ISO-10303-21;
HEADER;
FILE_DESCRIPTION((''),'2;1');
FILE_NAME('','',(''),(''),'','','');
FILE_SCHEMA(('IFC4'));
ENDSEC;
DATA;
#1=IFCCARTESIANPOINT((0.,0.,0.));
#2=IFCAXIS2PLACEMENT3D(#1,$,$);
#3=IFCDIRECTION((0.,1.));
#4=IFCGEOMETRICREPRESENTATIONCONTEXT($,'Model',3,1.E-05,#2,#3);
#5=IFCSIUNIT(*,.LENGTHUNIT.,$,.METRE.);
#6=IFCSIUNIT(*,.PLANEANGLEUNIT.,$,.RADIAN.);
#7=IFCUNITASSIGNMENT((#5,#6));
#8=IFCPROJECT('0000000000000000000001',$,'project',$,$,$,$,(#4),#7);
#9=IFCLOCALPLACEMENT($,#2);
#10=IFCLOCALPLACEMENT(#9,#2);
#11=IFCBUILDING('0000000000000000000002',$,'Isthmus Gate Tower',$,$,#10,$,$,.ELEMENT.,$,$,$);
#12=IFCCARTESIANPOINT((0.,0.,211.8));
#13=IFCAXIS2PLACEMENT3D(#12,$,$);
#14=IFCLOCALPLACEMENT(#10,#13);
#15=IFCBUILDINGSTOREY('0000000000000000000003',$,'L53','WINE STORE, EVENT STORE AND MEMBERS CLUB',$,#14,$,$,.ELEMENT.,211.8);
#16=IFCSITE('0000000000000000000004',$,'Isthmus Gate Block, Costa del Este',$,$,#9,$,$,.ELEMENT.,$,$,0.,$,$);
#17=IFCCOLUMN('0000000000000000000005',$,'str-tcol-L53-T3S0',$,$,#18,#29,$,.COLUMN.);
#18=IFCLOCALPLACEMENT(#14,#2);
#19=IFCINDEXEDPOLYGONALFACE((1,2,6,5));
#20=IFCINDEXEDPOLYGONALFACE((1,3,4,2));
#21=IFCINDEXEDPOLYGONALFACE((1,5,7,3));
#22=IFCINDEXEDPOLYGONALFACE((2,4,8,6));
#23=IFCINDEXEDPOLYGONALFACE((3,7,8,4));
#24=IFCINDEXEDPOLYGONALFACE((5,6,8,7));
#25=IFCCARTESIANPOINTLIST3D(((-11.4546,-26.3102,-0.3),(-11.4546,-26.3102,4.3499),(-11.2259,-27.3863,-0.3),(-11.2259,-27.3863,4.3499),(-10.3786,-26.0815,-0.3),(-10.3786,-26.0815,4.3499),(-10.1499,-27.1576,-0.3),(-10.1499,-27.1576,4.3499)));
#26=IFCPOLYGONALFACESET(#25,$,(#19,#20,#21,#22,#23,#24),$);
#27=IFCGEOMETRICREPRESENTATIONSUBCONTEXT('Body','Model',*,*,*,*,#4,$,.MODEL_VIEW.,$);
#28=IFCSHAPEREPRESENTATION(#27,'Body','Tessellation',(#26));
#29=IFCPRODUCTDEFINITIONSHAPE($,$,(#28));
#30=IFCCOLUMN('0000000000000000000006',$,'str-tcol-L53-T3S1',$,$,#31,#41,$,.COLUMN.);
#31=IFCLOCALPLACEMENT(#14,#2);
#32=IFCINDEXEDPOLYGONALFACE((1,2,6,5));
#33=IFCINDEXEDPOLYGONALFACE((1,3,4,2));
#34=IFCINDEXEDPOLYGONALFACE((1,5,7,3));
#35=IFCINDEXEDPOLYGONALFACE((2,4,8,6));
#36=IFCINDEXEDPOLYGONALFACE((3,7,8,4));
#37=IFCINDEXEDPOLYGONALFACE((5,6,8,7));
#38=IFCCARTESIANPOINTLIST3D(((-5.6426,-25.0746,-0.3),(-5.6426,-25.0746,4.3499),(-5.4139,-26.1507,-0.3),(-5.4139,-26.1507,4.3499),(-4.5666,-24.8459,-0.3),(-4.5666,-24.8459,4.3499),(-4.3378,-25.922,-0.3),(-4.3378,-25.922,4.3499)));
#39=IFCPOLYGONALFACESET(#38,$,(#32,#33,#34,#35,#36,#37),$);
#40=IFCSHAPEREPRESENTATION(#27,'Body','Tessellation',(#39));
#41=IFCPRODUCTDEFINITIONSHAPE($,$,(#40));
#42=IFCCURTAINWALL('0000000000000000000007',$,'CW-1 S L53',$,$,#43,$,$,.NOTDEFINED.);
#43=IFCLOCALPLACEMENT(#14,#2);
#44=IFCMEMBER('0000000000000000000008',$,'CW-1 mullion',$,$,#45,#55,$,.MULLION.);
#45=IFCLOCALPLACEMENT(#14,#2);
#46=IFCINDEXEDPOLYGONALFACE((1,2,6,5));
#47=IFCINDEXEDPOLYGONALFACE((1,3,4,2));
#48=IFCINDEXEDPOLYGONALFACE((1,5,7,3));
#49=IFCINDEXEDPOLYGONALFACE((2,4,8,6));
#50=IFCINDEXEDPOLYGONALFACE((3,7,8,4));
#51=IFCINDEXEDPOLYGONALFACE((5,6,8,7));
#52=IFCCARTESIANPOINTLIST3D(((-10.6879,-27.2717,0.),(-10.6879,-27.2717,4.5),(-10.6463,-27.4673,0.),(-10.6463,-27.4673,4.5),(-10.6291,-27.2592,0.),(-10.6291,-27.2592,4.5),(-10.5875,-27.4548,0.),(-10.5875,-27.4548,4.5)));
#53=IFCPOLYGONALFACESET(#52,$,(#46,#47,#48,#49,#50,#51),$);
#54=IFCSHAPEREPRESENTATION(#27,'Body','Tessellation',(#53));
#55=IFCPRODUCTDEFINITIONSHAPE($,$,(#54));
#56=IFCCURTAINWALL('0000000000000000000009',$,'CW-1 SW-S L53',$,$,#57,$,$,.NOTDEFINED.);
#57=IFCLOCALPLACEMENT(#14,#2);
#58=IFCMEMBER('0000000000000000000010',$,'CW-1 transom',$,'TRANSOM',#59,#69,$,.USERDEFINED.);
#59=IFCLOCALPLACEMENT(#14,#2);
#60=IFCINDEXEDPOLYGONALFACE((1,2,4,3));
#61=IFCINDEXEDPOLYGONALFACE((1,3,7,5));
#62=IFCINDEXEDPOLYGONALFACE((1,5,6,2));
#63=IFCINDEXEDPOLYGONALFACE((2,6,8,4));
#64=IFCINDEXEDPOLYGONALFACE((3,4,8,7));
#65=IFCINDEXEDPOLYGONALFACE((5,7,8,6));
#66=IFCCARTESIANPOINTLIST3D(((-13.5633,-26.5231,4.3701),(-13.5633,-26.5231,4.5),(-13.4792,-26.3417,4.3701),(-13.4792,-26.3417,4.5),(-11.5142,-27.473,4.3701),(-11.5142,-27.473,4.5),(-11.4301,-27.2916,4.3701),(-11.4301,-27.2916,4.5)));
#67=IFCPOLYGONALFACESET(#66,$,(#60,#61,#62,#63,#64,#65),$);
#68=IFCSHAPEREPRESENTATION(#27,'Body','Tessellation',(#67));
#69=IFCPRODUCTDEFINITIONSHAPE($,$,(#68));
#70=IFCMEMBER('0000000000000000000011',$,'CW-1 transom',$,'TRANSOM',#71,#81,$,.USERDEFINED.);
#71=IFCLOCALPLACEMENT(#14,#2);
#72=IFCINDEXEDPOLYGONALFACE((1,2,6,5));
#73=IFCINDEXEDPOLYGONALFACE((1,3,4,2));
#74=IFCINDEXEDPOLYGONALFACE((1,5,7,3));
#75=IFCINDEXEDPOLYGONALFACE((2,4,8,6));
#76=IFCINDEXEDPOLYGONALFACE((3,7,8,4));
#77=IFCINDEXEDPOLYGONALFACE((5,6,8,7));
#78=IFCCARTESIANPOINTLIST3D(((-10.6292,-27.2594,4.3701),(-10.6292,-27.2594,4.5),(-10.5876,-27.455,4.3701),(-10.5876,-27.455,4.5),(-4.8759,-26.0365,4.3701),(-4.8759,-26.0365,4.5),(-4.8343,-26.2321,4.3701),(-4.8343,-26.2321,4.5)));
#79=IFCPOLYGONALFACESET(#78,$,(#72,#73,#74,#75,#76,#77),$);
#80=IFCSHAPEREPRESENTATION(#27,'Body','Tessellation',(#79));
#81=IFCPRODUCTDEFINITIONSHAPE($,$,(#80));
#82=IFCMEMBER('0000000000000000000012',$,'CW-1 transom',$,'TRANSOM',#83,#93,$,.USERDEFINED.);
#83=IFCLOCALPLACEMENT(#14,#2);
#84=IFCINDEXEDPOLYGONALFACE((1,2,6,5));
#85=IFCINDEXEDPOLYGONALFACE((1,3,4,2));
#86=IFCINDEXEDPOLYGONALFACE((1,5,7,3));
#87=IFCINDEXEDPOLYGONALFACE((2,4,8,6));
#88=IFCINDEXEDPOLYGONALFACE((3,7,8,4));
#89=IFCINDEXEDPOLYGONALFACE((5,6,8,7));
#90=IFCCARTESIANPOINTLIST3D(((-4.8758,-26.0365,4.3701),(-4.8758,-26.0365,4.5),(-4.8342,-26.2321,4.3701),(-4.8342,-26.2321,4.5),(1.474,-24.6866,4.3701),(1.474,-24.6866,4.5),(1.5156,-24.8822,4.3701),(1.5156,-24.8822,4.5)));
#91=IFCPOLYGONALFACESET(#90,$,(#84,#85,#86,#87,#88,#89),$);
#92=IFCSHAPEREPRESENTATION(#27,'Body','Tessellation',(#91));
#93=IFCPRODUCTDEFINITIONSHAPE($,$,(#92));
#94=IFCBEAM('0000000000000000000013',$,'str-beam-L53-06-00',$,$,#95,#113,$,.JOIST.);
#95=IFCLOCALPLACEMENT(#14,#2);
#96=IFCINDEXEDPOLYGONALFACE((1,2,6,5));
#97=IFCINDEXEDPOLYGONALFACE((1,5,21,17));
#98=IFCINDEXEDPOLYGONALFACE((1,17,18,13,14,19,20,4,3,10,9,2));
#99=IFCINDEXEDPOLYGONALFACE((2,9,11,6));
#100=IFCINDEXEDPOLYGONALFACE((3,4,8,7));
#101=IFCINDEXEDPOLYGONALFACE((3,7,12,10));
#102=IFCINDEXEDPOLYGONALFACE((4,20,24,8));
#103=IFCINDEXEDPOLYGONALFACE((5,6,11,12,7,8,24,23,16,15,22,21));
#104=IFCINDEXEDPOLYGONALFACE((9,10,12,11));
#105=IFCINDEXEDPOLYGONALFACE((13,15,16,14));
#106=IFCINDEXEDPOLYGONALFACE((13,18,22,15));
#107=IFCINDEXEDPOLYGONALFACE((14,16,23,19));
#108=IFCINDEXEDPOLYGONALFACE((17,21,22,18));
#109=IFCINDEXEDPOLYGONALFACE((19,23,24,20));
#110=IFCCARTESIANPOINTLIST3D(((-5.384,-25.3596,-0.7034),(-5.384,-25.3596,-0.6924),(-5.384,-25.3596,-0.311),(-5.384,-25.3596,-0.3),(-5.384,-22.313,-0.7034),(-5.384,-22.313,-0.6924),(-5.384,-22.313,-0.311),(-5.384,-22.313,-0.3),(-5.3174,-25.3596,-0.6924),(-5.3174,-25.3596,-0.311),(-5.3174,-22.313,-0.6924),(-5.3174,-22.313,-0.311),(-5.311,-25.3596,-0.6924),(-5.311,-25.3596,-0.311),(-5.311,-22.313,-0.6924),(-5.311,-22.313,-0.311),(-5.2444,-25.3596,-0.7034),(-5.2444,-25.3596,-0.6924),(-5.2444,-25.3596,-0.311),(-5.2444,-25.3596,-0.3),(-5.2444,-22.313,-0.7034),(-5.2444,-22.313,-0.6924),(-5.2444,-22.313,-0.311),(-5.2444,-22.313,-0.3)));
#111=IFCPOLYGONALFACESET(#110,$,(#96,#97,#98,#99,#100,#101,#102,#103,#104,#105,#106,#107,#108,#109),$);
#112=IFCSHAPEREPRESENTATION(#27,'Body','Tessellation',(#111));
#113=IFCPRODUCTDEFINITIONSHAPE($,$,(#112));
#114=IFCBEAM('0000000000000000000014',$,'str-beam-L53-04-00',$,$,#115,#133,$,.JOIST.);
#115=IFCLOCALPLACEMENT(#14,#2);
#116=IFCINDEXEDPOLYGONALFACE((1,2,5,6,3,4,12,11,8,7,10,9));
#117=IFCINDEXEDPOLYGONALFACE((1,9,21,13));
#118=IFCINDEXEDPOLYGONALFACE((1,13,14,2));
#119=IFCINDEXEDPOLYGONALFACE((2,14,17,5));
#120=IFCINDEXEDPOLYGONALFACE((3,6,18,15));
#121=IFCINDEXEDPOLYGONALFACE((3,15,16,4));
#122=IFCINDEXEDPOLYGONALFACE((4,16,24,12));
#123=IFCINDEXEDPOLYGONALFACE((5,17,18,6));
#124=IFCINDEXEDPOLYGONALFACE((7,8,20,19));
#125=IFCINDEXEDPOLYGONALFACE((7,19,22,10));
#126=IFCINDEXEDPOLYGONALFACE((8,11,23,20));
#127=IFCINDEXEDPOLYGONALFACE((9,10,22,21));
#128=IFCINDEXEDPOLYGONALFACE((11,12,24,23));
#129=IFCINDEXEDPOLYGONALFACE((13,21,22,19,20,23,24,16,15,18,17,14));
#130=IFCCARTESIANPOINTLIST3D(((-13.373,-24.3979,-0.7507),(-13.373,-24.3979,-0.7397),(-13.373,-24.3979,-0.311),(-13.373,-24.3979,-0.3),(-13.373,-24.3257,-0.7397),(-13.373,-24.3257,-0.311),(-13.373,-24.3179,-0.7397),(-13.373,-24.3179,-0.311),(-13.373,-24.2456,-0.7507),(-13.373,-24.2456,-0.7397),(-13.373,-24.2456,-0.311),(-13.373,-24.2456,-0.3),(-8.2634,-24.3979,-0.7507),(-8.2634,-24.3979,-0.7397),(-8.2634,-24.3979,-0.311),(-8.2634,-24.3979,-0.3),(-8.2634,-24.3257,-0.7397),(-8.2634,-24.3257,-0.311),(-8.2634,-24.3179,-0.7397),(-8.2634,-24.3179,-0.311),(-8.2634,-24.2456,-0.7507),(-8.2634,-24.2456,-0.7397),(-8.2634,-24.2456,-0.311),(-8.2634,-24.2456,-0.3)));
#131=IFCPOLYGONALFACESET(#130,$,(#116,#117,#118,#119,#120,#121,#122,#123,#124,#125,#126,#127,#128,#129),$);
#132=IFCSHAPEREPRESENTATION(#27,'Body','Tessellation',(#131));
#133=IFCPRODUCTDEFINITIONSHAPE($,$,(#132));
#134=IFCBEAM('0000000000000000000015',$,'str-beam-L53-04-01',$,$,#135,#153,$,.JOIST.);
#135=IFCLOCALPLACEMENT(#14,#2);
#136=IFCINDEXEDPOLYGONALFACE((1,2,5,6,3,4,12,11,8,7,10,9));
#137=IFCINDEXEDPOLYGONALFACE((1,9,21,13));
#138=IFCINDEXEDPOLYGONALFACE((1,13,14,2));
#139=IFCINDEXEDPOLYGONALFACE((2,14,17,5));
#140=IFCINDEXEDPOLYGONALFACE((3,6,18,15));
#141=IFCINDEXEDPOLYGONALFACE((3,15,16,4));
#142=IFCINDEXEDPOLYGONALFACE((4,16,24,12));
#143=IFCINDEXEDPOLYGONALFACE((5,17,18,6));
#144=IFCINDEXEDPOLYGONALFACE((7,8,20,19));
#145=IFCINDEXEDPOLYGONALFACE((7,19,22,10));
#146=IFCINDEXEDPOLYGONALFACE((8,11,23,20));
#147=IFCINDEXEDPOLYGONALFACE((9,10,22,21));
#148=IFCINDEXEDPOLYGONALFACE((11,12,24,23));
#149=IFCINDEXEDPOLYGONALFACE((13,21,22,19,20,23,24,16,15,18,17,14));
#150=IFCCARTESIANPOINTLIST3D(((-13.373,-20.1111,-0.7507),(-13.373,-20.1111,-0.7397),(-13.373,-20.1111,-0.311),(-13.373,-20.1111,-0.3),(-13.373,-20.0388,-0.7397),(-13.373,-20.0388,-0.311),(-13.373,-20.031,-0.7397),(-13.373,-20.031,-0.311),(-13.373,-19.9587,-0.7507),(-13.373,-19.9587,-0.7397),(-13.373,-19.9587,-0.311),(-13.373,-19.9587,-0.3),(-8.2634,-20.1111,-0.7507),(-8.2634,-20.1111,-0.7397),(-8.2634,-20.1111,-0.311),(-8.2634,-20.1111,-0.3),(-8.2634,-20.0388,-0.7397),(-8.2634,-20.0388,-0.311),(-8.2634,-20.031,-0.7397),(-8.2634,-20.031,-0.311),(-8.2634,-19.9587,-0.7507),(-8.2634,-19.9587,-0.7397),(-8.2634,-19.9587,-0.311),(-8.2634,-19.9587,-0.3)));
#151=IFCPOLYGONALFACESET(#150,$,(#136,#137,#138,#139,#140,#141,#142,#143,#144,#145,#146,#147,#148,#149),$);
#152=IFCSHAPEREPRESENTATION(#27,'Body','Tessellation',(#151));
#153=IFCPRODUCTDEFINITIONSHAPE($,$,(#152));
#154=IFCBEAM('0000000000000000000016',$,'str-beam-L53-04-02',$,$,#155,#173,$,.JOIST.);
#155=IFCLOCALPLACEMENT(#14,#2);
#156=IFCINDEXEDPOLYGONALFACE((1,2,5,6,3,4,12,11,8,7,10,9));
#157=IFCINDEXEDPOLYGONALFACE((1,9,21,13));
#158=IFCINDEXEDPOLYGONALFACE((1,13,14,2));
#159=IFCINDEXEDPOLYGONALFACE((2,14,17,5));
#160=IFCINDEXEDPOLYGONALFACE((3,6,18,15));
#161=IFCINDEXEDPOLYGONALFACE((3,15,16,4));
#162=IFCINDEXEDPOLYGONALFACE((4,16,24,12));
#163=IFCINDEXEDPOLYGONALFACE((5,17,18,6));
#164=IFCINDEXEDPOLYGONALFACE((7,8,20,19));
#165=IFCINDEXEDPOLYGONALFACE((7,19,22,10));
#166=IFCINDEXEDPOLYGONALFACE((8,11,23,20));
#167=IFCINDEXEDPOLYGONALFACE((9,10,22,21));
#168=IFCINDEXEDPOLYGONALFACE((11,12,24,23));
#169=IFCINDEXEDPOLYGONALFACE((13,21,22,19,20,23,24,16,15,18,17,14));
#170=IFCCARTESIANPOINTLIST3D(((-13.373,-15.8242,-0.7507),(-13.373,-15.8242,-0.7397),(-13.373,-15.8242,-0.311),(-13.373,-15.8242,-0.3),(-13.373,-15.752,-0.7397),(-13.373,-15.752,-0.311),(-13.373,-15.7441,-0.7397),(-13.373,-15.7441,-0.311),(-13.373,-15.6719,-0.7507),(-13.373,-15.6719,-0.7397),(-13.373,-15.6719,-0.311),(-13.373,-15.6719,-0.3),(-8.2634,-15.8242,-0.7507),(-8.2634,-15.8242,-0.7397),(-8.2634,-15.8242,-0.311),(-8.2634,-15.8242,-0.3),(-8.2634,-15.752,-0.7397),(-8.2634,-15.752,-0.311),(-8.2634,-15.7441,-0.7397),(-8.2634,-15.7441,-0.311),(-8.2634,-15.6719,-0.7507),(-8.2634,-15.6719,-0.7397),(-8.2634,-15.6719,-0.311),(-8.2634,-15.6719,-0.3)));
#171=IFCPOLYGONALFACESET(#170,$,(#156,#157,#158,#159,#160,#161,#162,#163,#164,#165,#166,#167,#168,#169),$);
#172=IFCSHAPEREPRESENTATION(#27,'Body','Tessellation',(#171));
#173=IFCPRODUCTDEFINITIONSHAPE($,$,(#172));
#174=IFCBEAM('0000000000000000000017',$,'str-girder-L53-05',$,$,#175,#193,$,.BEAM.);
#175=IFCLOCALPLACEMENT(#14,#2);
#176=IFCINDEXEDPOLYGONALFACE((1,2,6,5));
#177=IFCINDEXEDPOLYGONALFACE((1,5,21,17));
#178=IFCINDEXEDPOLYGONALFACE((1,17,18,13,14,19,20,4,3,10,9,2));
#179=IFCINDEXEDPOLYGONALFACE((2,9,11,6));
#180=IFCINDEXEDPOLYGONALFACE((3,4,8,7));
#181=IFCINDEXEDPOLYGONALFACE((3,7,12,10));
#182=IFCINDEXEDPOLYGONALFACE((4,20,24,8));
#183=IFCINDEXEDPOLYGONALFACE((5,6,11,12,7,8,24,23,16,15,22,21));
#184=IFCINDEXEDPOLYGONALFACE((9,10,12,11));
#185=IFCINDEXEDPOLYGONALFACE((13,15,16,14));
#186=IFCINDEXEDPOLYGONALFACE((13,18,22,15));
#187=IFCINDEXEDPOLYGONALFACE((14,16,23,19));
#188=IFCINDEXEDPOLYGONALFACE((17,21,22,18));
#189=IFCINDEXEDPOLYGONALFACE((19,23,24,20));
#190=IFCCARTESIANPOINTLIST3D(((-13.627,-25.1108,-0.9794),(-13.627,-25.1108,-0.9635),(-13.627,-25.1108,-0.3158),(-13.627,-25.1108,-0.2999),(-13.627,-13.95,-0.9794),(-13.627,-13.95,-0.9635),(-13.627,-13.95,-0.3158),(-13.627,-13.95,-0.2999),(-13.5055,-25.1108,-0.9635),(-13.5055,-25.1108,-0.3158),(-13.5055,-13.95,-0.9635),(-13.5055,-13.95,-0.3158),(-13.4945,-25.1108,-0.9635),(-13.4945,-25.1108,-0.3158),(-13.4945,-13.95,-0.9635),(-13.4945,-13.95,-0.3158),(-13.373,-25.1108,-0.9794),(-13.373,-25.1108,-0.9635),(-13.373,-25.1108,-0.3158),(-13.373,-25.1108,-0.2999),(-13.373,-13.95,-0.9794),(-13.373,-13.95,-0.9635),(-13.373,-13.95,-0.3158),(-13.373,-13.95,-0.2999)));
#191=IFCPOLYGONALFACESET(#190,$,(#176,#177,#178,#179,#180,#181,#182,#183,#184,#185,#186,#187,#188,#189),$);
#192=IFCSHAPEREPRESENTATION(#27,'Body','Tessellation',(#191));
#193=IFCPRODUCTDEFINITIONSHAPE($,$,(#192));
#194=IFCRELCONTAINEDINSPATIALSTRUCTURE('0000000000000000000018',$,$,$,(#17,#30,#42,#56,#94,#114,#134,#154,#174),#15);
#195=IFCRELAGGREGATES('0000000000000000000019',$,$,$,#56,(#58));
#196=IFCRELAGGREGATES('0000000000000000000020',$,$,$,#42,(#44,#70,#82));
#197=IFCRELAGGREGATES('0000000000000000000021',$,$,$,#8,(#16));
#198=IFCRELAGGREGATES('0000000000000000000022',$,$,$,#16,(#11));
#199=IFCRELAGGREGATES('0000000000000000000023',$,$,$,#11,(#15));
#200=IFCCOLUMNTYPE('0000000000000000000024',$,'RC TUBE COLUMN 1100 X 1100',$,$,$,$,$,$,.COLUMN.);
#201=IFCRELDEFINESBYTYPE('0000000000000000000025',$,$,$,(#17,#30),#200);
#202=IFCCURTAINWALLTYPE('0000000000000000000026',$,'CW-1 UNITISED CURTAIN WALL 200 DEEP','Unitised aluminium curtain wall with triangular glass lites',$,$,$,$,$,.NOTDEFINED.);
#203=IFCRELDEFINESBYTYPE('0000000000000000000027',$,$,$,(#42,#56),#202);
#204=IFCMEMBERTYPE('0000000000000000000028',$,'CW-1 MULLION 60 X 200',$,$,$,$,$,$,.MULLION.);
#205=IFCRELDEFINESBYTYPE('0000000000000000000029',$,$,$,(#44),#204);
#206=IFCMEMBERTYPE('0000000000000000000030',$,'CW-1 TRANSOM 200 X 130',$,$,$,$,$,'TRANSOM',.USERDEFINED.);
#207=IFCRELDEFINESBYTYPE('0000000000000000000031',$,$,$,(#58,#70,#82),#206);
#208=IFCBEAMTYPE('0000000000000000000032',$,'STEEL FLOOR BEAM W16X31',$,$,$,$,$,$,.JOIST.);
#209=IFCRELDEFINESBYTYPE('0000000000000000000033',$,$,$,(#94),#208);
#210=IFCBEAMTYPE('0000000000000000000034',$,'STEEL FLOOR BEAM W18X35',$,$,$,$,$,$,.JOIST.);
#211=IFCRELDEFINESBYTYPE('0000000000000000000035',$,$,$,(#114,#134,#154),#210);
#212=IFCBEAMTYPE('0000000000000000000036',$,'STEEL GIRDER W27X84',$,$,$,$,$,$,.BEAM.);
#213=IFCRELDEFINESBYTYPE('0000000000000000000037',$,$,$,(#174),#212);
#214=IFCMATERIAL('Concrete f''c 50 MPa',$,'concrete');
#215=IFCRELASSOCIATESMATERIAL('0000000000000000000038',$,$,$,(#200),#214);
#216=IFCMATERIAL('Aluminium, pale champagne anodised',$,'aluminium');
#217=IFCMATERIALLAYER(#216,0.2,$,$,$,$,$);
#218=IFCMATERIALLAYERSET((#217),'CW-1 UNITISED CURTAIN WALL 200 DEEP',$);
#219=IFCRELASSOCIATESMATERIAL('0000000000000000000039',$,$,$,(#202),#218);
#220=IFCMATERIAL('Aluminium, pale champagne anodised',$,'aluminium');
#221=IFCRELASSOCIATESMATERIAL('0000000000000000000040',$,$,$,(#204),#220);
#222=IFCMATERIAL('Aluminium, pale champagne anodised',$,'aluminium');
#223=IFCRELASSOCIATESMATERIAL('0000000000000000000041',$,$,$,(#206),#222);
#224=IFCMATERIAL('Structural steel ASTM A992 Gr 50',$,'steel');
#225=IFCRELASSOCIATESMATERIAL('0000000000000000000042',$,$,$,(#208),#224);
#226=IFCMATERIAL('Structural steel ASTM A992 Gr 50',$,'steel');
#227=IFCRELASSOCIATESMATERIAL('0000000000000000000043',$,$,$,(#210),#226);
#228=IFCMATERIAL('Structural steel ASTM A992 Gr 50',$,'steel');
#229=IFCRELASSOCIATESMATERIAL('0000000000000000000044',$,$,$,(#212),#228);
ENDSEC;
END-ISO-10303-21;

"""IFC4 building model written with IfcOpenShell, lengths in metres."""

from ifc_helpers import new_model, si_unit, direction, frame, origin, origin_2d, place, context, subcontext, project, spatial, rectangle, i_section, extrude, material, layer, layer_set, material_profile, profile_set, type_object, element, aggregate, save


model = new_model("IFC4")

# Units and contexts
model_context = context("Model", 3, precision=1e-05, world=origin(), true_north=direction((0.0, 1.0)))
body_context = subcontext(model_context, "Body", "Model", "MODEL_VIEW")
ifc_project = project(units=[si_unit("LENGTHUNIT", "METRE"), si_unit("PLANEANGLEUNIT", "RADIAN")], contexts=[model_context])

# Site, building, storey
site_placement = place(None, origin())
site = spatial("IfcSite", under=ifc_project, at=site_placement, Name="Isthmus Gate Block, Costa del Este", CompositionType="ELEMENT", RefElevation=0.0)
building_placement = place(site_placement, origin())
building = spatial("IfcBuilding", under=site, at=building_placement, Name="Isthmus Gate Tower", CompositionType="ELEMENT")
storey_placement = place(building_placement, frame((0.0, 0.0, 211.8)))
storey = spatial("IfcBuildingStorey", under=building, at=storey_placement, Name="L53", Description="WINE STORE, EVENT STORE AND MEMBERS CLUB", CompositionType="ELEMENT", Elevation=211.8)

# Columns
ifc_material_1 = material(Name="Concrete f'c 50 MPa", Category="concrete")
ifc_material_profile_1 = material_profile(ifc_material_1, rectangle(XDim=1.1001, YDim=1.1001, at=origin_2d()), Name="RC 1100X1100")
ifc_profile_set_1 = profile_set([ifc_material_profile_1], Name="Concrete f'c 50 MPa")
column_type = type_object("IfcColumnType", Name="RC TUBE COLUMN 1100 X 1100", PredefinedType="COLUMN", material=ifc_profile_set_1)
for number, where, z_axis, x_axis, name in (
    (1, (-10.8022, -26.7339, -0.3), (0.0, 0.0, 1.0), (0.978148, 0.207912, 0.0), "str-tcol-L53-T3S0"),
    (2, (-4.9902, -25.4983, -0.3), (0.0, 0.0, 1.0), (0.978148, 0.207912, 0.0), "str-tcol-L53-T3S1"),
):
    element("IfcColumn", number, at=place(storey_placement, frame(where, z_axis=z_axis, x_axis=x_axis)), inside=storey, type_object=column_type, Name=name, PredefinedType="COLUMN", context=body_context, shape_type="SweptSolid", body=[
        extrude(rectangle(XDim=1.1001, YDim=1.1001, at=origin_2d()), origin(), (0.0, 0.0, 1.0), 4.6499),
    ])

# Curtain walls, members
ifc_material_2 = material(Name="Aluminium, pale champagne anodised", Category="aluminium")
ifc_layer_1 = layer(ifc_material_2, 0.2)
ifc_layer_set_1 = layer_set([ifc_layer_1], Name="CW-1 UNITISED CURTAIN WALL 200 DEEP")
curtain_wall_type = type_object("IfcCurtainWallType", Name="CW-1 UNITISED CURTAIN WALL 200 DEEP", Description="Unitised aluminium curtain wall with triangular glass lites", PredefinedType="NOTDEFINED", material=ifc_layer_set_1)
curtain_wall_1_placement = place(storey_placement, origin())
curtain_wall_1 = element("IfcCurtainWall", 3, at=curtain_wall_1_placement, inside=storey, type_object=curtain_wall_type, Name="CW-1 S L53", PredefinedType="NOTDEFINED")
ifc_material_3 = material(Name="Aluminium, pale champagne anodised", Category="aluminium")
ifc_material_profile_2 = material_profile(ifc_material_3, rectangle(XDim=0.0601, YDim=0.2, at=origin_2d()), Name="60x200")
ifc_profile_set_2 = profile_set([ifc_material_profile_2], Name="Aluminium, pale champagne anodised")
member_type_1 = type_object("IfcMemberType", Name="CW-1 MULLION 60 X 200", PredefinedType="MULLION", material=ifc_profile_set_2)
member_1_placement = place(storey_placement, frame((-10.6377, -27.3633, 0.0), z_axis=(0.0, 0.0, 1.0), x_axis=(0.978148, 0.207912, 0.0)))
member_1 = element("IfcMember", 4, at=member_1_placement, type_object=member_type_1, Name="CW-1 mullion", PredefinedType="MULLION", context=body_context, shape_type="SweptSolid", body=[
    extrude(rectangle(XDim=0.0601, YDim=0.2, at=origin_2d()), origin(), (0.0, 0.0, 1.0), 4.5),
])
curtain_wall_2_placement = place(storey_placement, origin())
curtain_wall_2 = element("IfcCurtainWall", 5, at=curtain_wall_2_placement, inside=storey, type_object=curtain_wall_type, Name="CW-1 SW-S L53", PredefinedType="NOTDEFINED")
ifc_material_4 = material(Name="Aluminium, pale champagne anodised", Category="aluminium")
ifc_material_profile_3 = material_profile(ifc_material_4, rectangle(XDim=0.2, YDim=0.1299, at=origin_2d()), Name="200x130")
ifc_profile_set_3 = profile_set([ifc_material_profile_3], Name="Aluminium, pale champagne anodised")
member_type_2 = type_object("IfcMemberType", Name="CW-1 TRANSOM 200 X 130", ElementType="TRANSOM", PredefinedType="USERDEFINED", material=ifc_profile_set_3)
member_2_placement = place(storey_placement, frame((-13.5212, -26.4324, 4.4351), z_axis=(0.907246, -0.4206, 0.0), x_axis=(0.4206, 0.907246, 0.0)))
member_2 = element("IfcMember", 6, at=member_2_placement, type_object=member_type_2, Name="CW-1 transom", ObjectType="TRANSOM", PredefinedType="USERDEFINED", context=body_context, shape_type="SweptSolid", body=[
    extrude(rectangle(XDim=0.2, YDim=0.1299, at=origin_2d()), origin(), (0.0, 0.0, 1.0), 2.2585),
])

# Members
member_3_placement = place(storey_placement, frame((-10.6084, -27.3572, 4.4351), z_axis=(0.978149, 0.207907, 0.0), x_axis=(-0.207907, 0.978149, 0.0)))
member_3 = element("IfcMember", 7, at=member_3_placement, type_object=member_type_2, Name="CW-1 transom", ObjectType="TRANSOM", PredefinedType="USERDEFINED", context=body_context, shape_type="SweptSolid", body=[
    extrude(rectangle(XDim=0.2, YDim=0.1299, at=origin_2d()), origin(), (0.0, 0.0, 1.0), 5.8818),
])
member_4_placement = place(storey_placement, frame((-4.855, -26.1343, 4.4351), z_axis=(0.978143, 0.207934, 0.0), x_axis=(-0.207934, 0.978143, 0.0)))
member_4 = element("IfcMember", 8, at=member_4_placement, type_object=member_type_2, Name="CW-1 transom", ObjectType="TRANSOM", PredefinedType="USERDEFINED", context=body_context, shape_type="SweptSolid", body=[
    extrude(rectangle(XDim=0.2, YDim=0.1299, at=origin_2d()), origin(), (0.0, 0.0, 1.0), 6.4917),
])

# Beams
ifc_material_5 = material(Name="Structural steel ASTM A992 Gr 50", Category="steel")
ifc_material_profile_4 = material_profile(ifc_material_5, i_section(OverallWidth=0.1396, OverallDepth=0.4033, WebThickness=0.0063, FlangeThickness=0.011, at=origin_2d()), Name="W16X31")
ifc_profile_set_4 = profile_set([ifc_material_profile_4], Name="Structural steel ASTM A992 Gr 50")
beam_type_1 = type_object("IfcBeamType", Name="STEEL FLOOR BEAM W16X31", PredefinedType="JOIST", material=ifc_profile_set_4)
beam_1_placement = place(storey_placement, frame((-5.3142, -25.3596, -0.5017), z_axis=(0.0, 1.0, 0.0), x_axis=(-1.0, 0.0, 0.0)))
element("IfcBeam", 9, at=beam_1_placement, inside=storey, type_object=beam_type_1, Name="str-beam-L53-06-00", PredefinedType="JOIST", context=body_context, shape_type="SweptSolid", body=[
    extrude(i_section(OverallWidth=0.1396, OverallDepth=0.4033, WebThickness=0.0063, FlangeThickness=0.011, at=origin_2d()), origin(), (0.0, 0.0, 1.0), 3.0466),
])
ifc_material_6 = material(Name="Structural steel ASTM A992 Gr 50", Category="steel")
ifc_material_profile_5 = material_profile(ifc_material_6, i_section(OverallWidth=0.1523, OverallDepth=0.4507, WebThickness=0.0078, FlangeThickness=0.011, at=origin_2d()), Name="W18X35")
ifc_profile_set_5 = profile_set([ifc_material_profile_5], Name="Structural steel ASTM A992 Gr 50")
beam_type_2 = type_object("IfcBeamType", Name="STEEL FLOOR BEAM W18X35", PredefinedType="JOIST", material=ifc_profile_set_5)
for number, where, z_axis, x_axis, name in (
    (10, (-13.373, -24.3218, -0.5254), (1.0, 0.0, 0.0), (0.0, 1.0, 0.0), "str-beam-L53-04-00"),
    (11, (-13.373, -20.0349, -0.5254), (1.0, 0.0, 0.0), (0.0, 1.0, 0.0), "str-beam-L53-04-01"),
    (12, (-13.373, -15.748, -0.5254), (1.0, 0.0, 0.0), (0.0, 1.0, 0.0), "str-beam-L53-04-02"),
):
    element("IfcBeam", number, at=place(storey_placement, frame(where, z_axis=z_axis, x_axis=x_axis)), inside=storey, type_object=beam_type_2, Name=name, PredefinedType="JOIST", context=body_context, shape_type="SweptSolid", body=[
        extrude(i_section(OverallWidth=0.1523, OverallDepth=0.4507, WebThickness=0.0078, FlangeThickness=0.011, at=origin_2d()), origin(), (0.0, 0.0, 1.0), 5.1096),
    ])
ifc_material_7 = material(Name="Structural steel ASTM A992 Gr 50", Category="steel")
ifc_material_profile_6 = material_profile(ifc_material_7, i_section(OverallWidth=0.2539, OverallDepth=0.6794, WebThickness=0.011, FlangeThickness=0.0159, at=origin_2d()), Name="W27X84")
ifc_profile_set_6 = profile_set([ifc_material_profile_6], Name="Structural steel ASTM A992 Gr 50")
beam_type_3 = type_object("IfcBeamType", Name="STEEL GIRDER W27X84", PredefinedType="BEAM", material=ifc_profile_set_6)
beam_2_placement = place(storey_placement, frame((-13.5, -25.1108, -0.6396), z_axis=(0.0, 1.0, 0.0), x_axis=(-1.0, 0.0, 0.0)))
element("IfcBeam", 13, at=beam_2_placement, inside=storey, type_object=beam_type_3, Name="str-girder-L53-05", PredefinedType="BEAM", context=body_context, shape_type="SweptSolid", body=[
    extrude(i_section(OverallWidth=0.2539, OverallDepth=0.6794, WebThickness=0.011, FlangeThickness=0.0159, at=origin_2d()), origin(), (0.0, 0.0, 1.0), 11.1609),
])

aggregate(curtain_wall_2, [member_2])

aggregate(curtain_wall_1, [member_1, member_3, member_4])

save(model, "model.ifc")
